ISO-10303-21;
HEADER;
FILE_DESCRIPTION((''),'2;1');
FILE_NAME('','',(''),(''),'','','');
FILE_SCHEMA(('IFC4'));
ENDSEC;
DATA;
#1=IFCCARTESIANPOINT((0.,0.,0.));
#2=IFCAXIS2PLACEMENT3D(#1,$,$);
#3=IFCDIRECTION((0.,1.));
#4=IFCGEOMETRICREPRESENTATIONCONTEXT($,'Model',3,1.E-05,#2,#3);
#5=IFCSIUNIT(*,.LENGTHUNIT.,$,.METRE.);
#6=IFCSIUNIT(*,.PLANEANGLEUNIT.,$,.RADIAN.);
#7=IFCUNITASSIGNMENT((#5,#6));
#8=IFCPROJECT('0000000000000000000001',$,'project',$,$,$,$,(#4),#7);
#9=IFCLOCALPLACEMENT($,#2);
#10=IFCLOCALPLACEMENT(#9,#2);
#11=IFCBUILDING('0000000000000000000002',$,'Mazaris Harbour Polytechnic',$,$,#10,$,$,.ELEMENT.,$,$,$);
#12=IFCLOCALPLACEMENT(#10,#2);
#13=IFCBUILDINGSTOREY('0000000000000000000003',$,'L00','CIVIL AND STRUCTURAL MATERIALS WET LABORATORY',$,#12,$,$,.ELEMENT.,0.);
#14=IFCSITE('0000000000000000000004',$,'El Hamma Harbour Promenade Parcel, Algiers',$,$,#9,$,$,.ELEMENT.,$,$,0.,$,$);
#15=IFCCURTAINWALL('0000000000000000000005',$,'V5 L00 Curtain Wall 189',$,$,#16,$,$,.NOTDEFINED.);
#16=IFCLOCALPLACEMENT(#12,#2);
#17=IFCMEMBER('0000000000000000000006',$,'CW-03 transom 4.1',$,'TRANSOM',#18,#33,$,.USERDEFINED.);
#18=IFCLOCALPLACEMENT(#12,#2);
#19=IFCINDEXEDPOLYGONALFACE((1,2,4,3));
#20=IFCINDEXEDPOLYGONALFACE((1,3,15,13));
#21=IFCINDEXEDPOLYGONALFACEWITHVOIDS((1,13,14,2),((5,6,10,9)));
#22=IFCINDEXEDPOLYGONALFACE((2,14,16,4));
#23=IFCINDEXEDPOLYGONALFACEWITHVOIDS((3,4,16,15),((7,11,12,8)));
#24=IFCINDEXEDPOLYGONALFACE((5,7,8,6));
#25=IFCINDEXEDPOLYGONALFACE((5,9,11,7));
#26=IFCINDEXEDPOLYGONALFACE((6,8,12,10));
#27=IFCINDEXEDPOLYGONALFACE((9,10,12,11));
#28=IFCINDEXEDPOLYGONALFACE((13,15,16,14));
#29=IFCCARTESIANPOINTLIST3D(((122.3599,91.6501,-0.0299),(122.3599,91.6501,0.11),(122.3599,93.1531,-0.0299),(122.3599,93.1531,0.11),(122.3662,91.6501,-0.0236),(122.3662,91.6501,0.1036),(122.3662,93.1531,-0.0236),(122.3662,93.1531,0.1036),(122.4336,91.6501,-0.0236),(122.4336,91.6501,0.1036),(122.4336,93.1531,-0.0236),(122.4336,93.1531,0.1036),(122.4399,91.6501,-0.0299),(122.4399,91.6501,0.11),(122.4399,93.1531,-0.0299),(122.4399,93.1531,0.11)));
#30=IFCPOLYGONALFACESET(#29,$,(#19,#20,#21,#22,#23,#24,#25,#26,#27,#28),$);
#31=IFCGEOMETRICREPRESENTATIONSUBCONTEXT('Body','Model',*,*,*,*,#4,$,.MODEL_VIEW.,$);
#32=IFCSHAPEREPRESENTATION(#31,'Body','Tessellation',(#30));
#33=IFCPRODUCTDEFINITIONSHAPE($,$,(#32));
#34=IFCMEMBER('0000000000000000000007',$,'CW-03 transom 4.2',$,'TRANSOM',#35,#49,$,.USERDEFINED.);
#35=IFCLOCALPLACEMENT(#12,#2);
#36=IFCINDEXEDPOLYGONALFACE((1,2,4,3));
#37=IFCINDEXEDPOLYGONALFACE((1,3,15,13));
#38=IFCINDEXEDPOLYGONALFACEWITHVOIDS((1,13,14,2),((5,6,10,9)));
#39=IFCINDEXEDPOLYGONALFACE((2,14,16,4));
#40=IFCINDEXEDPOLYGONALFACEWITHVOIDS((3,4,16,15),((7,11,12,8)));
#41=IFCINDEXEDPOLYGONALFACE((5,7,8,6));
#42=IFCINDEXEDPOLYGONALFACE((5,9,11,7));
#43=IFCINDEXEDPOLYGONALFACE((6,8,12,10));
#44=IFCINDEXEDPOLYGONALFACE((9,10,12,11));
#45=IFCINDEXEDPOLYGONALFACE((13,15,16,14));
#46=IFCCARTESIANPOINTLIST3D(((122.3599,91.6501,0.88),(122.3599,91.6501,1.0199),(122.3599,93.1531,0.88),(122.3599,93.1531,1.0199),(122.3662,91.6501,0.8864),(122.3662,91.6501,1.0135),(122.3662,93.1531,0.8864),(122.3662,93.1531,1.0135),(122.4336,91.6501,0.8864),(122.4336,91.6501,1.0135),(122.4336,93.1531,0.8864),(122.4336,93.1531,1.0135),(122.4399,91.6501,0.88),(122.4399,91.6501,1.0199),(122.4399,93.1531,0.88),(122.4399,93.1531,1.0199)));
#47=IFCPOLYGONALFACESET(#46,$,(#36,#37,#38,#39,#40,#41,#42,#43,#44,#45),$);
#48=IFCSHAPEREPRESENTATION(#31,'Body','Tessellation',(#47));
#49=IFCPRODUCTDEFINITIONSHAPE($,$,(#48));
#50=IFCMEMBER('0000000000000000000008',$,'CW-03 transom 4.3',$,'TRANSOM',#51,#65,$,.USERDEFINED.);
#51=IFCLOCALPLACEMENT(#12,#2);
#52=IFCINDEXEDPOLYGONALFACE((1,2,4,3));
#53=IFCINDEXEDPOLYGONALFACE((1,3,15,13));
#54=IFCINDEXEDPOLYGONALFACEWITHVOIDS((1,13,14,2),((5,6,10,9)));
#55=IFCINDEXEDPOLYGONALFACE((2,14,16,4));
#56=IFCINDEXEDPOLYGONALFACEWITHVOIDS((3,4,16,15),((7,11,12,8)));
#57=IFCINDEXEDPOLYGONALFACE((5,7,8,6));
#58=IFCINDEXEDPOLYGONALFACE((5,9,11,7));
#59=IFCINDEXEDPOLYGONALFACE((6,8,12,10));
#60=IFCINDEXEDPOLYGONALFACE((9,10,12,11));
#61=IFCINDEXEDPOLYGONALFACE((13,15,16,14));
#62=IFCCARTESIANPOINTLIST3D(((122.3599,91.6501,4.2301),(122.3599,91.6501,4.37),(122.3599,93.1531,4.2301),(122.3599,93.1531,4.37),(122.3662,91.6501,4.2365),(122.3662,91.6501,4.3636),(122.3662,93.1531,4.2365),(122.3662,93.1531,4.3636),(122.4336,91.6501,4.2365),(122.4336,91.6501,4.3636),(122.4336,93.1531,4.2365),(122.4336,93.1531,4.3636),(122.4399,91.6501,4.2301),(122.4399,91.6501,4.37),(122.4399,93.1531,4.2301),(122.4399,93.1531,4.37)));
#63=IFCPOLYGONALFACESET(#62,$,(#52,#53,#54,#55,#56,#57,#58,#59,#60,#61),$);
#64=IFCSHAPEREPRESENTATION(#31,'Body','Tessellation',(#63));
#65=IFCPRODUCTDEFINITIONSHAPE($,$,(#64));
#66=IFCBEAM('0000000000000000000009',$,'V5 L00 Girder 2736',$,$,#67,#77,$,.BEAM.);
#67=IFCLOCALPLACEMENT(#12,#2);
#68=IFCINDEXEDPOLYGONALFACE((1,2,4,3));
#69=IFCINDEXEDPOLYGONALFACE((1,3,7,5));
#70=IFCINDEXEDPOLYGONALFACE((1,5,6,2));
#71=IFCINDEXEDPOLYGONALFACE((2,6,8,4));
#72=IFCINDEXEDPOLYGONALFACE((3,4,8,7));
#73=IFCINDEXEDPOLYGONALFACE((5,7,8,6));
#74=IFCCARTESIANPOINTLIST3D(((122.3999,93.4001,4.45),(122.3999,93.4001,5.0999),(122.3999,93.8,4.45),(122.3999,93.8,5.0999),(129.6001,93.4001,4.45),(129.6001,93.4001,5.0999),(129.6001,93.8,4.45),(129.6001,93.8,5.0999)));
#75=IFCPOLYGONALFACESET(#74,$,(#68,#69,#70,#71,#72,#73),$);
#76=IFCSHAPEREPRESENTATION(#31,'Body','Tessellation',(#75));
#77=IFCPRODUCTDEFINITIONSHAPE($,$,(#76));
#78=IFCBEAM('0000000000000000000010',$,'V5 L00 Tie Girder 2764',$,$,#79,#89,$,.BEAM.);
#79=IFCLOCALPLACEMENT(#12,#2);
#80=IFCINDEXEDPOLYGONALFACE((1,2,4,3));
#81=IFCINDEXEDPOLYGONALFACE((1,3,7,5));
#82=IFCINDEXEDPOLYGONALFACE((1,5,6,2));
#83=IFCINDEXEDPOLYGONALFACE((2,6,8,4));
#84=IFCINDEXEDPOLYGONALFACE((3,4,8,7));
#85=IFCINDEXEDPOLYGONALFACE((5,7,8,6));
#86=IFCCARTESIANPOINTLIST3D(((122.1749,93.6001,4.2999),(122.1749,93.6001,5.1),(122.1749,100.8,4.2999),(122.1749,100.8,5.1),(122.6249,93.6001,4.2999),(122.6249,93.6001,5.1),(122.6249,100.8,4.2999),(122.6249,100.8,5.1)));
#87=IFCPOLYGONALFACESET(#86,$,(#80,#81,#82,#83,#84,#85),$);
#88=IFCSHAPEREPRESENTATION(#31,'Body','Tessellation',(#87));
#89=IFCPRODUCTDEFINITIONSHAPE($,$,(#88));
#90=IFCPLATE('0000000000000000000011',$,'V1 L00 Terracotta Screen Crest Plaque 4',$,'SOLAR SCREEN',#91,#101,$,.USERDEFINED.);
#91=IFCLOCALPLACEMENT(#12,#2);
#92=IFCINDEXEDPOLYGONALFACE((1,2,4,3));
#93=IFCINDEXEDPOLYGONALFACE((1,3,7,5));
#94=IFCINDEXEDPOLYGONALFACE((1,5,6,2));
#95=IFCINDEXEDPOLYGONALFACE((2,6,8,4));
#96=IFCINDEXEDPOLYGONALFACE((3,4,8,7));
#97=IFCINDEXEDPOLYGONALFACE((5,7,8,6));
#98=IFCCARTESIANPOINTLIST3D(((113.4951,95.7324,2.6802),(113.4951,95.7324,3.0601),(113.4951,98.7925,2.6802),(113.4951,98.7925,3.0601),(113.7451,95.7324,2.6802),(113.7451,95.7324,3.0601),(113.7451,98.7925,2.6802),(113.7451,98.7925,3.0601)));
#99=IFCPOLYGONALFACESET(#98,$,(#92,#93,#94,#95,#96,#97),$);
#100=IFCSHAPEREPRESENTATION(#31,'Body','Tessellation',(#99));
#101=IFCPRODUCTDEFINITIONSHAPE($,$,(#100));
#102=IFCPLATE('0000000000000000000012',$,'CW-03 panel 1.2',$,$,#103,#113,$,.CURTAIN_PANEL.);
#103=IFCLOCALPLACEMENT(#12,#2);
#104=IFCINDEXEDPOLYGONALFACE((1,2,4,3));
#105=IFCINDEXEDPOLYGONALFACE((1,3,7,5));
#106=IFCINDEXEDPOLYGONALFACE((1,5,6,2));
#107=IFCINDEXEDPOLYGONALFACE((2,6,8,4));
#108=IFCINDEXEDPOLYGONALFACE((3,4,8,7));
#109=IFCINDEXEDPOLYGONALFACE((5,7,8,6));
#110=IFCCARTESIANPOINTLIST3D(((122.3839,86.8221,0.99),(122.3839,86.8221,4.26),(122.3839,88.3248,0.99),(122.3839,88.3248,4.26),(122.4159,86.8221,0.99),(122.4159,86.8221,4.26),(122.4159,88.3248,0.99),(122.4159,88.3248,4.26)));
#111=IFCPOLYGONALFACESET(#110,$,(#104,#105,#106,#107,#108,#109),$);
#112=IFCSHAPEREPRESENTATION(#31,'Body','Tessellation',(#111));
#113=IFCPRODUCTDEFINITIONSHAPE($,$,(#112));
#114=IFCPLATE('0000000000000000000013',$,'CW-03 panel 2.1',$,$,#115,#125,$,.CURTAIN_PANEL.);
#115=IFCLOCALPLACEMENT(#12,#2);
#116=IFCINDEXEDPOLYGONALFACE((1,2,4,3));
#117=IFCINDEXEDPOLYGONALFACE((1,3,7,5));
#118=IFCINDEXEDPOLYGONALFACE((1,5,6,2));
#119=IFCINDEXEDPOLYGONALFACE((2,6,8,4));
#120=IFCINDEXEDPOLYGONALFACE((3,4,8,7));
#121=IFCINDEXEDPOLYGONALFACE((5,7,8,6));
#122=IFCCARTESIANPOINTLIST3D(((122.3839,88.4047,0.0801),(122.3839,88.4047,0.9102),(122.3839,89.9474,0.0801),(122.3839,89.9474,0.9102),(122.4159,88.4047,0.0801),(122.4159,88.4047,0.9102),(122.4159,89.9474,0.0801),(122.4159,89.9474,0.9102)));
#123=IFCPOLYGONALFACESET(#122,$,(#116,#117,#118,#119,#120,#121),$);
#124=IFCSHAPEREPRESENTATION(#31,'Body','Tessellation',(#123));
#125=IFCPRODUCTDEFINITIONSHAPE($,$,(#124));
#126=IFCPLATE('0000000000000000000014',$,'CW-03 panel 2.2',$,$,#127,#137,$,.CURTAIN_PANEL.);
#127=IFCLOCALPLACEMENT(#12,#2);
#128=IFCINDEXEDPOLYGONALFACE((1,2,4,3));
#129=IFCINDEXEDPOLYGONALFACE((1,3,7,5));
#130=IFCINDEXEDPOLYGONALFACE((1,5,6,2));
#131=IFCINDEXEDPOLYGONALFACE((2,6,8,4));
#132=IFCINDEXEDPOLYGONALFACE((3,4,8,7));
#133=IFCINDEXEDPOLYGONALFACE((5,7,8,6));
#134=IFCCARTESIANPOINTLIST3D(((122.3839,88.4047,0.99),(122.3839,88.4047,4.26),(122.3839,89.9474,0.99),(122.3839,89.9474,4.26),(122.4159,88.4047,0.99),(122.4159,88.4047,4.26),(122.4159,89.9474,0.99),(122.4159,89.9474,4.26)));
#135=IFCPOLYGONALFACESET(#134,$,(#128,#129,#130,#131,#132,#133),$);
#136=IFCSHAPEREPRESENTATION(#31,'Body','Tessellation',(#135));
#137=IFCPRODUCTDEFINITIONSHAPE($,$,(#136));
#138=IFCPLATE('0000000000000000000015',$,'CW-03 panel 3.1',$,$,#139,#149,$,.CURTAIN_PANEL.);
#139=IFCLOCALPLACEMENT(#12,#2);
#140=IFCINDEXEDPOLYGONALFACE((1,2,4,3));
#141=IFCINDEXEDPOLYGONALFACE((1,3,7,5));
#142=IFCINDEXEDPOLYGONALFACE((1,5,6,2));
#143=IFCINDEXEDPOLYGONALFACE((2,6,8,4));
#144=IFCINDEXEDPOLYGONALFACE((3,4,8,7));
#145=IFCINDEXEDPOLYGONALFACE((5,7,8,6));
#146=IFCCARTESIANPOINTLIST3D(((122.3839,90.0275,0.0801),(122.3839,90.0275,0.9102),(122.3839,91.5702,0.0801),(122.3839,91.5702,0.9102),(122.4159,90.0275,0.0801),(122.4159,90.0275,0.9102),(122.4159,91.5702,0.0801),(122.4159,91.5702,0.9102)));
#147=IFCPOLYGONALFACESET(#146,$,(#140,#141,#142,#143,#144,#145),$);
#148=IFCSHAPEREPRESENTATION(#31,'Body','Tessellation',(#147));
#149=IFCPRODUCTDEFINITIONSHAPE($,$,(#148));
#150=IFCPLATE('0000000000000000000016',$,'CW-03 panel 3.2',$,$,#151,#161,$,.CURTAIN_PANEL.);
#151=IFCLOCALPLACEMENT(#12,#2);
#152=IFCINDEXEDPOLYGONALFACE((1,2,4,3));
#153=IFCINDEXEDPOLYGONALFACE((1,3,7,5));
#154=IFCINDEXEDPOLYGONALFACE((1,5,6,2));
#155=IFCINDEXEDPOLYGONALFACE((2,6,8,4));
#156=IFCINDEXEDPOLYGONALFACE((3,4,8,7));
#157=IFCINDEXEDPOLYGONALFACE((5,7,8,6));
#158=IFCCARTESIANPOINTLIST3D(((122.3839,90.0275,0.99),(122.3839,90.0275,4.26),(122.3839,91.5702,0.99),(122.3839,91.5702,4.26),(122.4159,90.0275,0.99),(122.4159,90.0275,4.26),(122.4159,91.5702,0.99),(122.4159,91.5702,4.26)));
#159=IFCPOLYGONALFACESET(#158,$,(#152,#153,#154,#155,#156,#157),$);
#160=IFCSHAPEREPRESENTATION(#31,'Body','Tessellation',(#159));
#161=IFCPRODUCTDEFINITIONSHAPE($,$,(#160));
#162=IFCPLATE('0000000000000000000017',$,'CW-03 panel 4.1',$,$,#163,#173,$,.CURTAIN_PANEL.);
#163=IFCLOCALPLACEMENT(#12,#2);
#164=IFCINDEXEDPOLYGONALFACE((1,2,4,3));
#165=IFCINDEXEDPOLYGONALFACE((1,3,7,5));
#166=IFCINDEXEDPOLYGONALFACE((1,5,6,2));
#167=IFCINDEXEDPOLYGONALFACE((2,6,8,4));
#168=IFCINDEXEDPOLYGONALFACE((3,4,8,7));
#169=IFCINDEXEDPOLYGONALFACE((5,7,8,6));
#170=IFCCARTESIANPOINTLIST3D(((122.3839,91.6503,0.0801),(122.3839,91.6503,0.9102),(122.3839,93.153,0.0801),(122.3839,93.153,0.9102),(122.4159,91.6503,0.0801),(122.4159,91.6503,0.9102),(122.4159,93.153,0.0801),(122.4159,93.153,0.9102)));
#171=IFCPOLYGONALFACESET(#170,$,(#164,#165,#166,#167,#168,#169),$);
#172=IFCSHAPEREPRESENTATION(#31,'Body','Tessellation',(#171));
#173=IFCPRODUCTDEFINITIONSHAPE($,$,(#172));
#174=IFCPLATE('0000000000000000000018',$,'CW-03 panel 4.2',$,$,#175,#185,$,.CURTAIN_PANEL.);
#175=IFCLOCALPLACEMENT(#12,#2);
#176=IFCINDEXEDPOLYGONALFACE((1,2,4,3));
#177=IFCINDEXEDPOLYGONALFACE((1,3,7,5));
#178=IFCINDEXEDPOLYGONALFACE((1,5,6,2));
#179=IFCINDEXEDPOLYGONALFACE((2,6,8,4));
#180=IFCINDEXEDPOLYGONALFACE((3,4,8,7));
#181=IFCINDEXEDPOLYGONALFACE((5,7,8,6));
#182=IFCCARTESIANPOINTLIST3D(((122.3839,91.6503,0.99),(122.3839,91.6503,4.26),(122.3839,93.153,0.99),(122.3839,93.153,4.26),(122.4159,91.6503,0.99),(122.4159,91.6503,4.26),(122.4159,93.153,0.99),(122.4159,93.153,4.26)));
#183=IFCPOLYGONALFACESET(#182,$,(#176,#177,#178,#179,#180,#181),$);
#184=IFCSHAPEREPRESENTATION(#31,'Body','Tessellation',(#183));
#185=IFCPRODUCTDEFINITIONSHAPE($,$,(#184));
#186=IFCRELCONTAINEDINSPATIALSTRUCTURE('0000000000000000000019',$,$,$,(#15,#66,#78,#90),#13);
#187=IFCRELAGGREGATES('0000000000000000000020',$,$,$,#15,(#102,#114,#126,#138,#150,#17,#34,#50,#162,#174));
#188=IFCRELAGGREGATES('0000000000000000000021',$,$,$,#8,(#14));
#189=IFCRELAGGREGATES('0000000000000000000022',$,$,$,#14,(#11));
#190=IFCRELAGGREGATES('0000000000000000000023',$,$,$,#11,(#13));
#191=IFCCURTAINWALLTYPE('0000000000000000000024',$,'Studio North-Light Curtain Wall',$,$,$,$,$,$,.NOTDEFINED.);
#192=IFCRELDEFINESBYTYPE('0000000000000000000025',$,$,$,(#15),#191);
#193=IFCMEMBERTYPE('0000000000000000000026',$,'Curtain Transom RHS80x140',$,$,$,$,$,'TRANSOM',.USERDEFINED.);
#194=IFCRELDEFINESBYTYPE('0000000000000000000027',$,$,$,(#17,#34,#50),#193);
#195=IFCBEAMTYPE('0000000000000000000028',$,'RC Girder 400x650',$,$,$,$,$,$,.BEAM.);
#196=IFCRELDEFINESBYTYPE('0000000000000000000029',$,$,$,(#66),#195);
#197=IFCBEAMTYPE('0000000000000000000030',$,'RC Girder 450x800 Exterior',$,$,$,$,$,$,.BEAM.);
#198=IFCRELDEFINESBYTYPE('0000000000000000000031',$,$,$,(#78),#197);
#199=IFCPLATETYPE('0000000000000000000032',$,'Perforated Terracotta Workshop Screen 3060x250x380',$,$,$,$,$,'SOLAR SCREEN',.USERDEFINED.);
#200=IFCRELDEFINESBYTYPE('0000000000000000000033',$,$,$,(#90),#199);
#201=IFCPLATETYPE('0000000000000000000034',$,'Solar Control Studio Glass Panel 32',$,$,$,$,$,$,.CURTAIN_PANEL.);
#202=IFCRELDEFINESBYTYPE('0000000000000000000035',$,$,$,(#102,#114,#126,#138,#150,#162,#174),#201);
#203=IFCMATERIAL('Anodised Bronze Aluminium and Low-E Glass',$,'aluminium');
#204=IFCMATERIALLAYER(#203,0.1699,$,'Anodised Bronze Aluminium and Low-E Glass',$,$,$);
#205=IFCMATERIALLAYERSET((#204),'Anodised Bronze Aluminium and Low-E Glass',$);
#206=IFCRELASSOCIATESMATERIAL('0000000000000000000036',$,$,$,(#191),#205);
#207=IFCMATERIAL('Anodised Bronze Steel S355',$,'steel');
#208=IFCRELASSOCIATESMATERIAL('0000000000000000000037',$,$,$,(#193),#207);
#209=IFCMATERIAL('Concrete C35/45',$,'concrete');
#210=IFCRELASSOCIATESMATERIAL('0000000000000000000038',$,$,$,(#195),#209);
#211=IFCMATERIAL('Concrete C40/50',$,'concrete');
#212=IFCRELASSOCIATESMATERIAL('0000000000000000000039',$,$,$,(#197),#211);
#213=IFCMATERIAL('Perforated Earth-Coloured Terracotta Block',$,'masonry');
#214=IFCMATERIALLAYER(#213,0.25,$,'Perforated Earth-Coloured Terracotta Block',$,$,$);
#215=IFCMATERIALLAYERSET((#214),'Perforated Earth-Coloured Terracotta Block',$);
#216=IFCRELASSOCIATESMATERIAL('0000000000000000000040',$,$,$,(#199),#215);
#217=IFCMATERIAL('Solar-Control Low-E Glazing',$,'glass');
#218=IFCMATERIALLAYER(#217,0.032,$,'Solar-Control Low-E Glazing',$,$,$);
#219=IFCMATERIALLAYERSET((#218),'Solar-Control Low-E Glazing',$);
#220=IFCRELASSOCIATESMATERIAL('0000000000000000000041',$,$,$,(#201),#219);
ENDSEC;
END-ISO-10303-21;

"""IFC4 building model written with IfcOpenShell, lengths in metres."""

from ifc_helpers import new_model, si_unit, direction, frame, origin, origin_2d, place, context, subcontext, project, spatial, rectangle, hollow_rectangle, extrude, material, layer, layer_set, material_profile, profile_set, type_object, element, aggregate, save


model = new_model("IFC4")

# Units and contexts
model_context = context("Model", 3, precision=1e-05, world=origin(), true_north=direction((0.0, 1.0)))
body_context = subcontext(model_context, "Body", "Model", "MODEL_VIEW")
ifc_project = project(units=[si_unit("LENGTHUNIT", "METRE"), si_unit("PLANEANGLEUNIT", "RADIAN")], contexts=[model_context])

# Site, building, storey
site_placement = place(None, origin())
site = spatial("IfcSite", under=ifc_project, at=site_placement, Name="El Hamma Harbour Promenade Parcel, Algiers", CompositionType="ELEMENT", RefElevation=0.0)
building_placement = place(site_placement, origin())
building = spatial("IfcBuilding", under=site, at=building_placement, Name="Mazaris Harbour Polytechnic", CompositionType="ELEMENT")
storey_placement = place(building_placement, origin())
storey = spatial("IfcBuildingStorey", under=building, at=storey_placement, Name="L00", Description="CIVIL AND STRUCTURAL MATERIALS WET LABORATORY", CompositionType="ELEMENT", Elevation=0.0)

# Curtain wall, members
ifc_material_1 = material(Name="Anodised Bronze Aluminium and Low-E Glass", Category="aluminium")
ifc_layer_1 = layer(ifc_material_1, 0.1699, Name="Anodised Bronze Aluminium and Low-E Glass")
ifc_layer_set_1 = layer_set([ifc_layer_1], Name="Anodised Bronze Aluminium and Low-E Glass")
curtain_wall_type = type_object("IfcCurtainWallType", Name="Studio North-Light Curtain Wall", PredefinedType="NOTDEFINED", material=ifc_layer_set_1)
curtain_wall_placement = place(storey_placement, origin())
curtain_wall = element("IfcCurtainWall", 1, at=curtain_wall_placement, inside=storey, type_object=curtain_wall_type, Name="V5 L00 Curtain Wall 189", PredefinedType="NOTDEFINED")
ifc_material_2 = material(Name="Anodised Bronze Steel S355", Category="steel")
ifc_material_profile_1 = material_profile(ifc_material_2, hollow_rectangle(XDim=0.0801, YDim=0.1399, WallThickness=0.0063, at=origin_2d()), Name="RHS 80x140x6.3")
ifc_profile_set_1 = profile_set([ifc_material_profile_1], Name="Anodised Bronze Steel S355")
member_type_1 = type_object("IfcMemberType", Name="Curtain Transom RHS80x140", ElementType="TRANSOM", PredefinedType="USERDEFINED", material=ifc_profile_set_1)
member_1_placement = place(storey_placement, frame((122.3999, 91.6501, 0.04), z_axis=(0.0, 1.0, 0.0), x_axis=(-1.0, 0.0, 0.0)))
member_1 = element("IfcMember", 2, at=member_1_placement, type_object=member_type_1, Name="CW-03 transom 4.1", ObjectType="TRANSOM", PredefinedType="USERDEFINED", context=body_context, shape_type="SweptSolid", body=[
    extrude(hollow_rectangle(XDim=0.0801, YDim=0.1399, WallThickness=0.0063, at=origin_2d()), origin(), (0.0, 0.0, 1.0), 1.5029),
])
member_2_placement = place(storey_placement, frame((122.3999, 91.6501, 0.95), z_axis=(0.0, 1.0, 0.0), x_axis=(-1.0, 0.0, 0.0)))
member_2 = element("IfcMember", 3, at=member_2_placement, type_object=member_type_1, Name="CW-03 transom 4.2", ObjectType="TRANSOM", PredefinedType="USERDEFINED", context=body_context, shape_type="SweptSolid", body=[
    extrude(hollow_rectangle(XDim=0.0801, YDim=0.1399, WallThickness=0.0063, at=origin_2d()), origin(), (0.0, 0.0, 1.0), 1.5029),
])
member_3_placement = place(storey_placement, frame((122.3999, 91.6501, 4.3), z_axis=(0.0, 1.0, 0.0), x_axis=(-1.0, 0.0, 0.0)))
member_3 = element("IfcMember", 4, at=member_3_placement, type_object=member_type_1, Name="CW-03 transom 4.3", ObjectType="TRANSOM", PredefinedType="USERDEFINED", context=body_context, shape_type="SweptSolid", body=[
    extrude(hollow_rectangle(XDim=0.0801, YDim=0.1399, WallThickness=0.0063, at=origin_2d()), origin(), (0.0, 0.0, 1.0), 1.5029),
])

# Beams
ifc_material_3 = material(Name="Concrete C35/45", Category="concrete")
ifc_material_profile_2 = material_profile(ifc_material_3, rectangle(XDim=0.3999, YDim=0.6499, at=origin_2d()), Name="RECT400x650")
ifc_profile_set_2 = profile_set([ifc_material_profile_2], Name="Concrete C35/45")
beam_type_1 = type_object("IfcBeamType", Name="RC Girder 400x650", PredefinedType="BEAM", material=ifc_profile_set_2)
beam_1_placement = place(storey_placement, frame((122.3999, 93.6001, 4.7749), z_axis=(1.0, 0.0, 0.0), x_axis=(0.0, 1.0, 0.0)))
element("IfcBeam", 5, at=beam_1_placement, inside=storey, type_object=beam_type_1, Name="V5 L00 Girder 2736", PredefinedType="BEAM", context=body_context, shape_type="SweptSolid", body=[
    extrude(rectangle(XDim=0.3999, YDim=0.6499, at=origin_2d()), origin(), (0.0, 0.0, 1.0), 7.2002),
])
ifc_material_4 = material(Name="Concrete C40/50", Category="concrete")
ifc_material_profile_3 = material_profile(ifc_material_4, rectangle(XDim=0.45, YDim=0.8, at=origin_2d()), Name="RECT450x800")
ifc_profile_set_3 = profile_set([ifc_material_profile_3], Name="Concrete C40/50")
beam_type_2 = type_object("IfcBeamType", Name="RC Girder 450x800 Exterior", PredefinedType="BEAM", material=ifc_profile_set_3)
beam_2_placement = place(storey_placement, frame((122.3999, 93.6001, 4.7), z_axis=(0.0, 1.0, 0.0), x_axis=(-1.0, 0.0, 0.0)))
element("IfcBeam", 6, at=beam_2_placement, inside=storey, type_object=beam_type_2, Name="V5 L00 Tie Girder 2764", PredefinedType="BEAM", context=body_context, shape_type="SweptSolid", body=[
    extrude(rectangle(XDim=0.45, YDim=0.8, at=origin_2d()), origin(), (0.0, 0.0, 1.0), 7.2),
])

# Plates
ifc_material_5 = material(Name="Perforated Earth-Coloured Terracotta Block", Category="masonry")
ifc_layer_2 = layer(ifc_material_5, 0.25, Name="Perforated Earth-Coloured Terracotta Block")
ifc_layer_set_2 = layer_set([ifc_layer_2], Name="Perforated Earth-Coloured Terracotta Block")
plate_type_1 = type_object("IfcPlateType", Name="Perforated Terracotta Workshop Screen 3060x250x380", ElementType="SOLAR SCREEN", PredefinedType="USERDEFINED", material=ifc_layer_set_2)
plate_1_placement = place(storey_placement, frame((113.6201, 97.2625, 2.6802), z_axis=(0.0, 0.0, 1.0), x_axis=(0.0, -1.0, 0.0)))
element("IfcPlate", 7, at=plate_1_placement, inside=storey, type_object=plate_type_1, Name="V1 L00 Terracotta Screen Crest Plaque 4", ObjectType="SOLAR SCREEN", PredefinedType="USERDEFINED", context=body_context, shape_type="SweptSolid", body=[
    extrude(rectangle(XDim=3.0601, YDim=0.25, at=origin_2d()), origin(), (0.0, 0.0, 1.0), 0.3799),
])
ifc_material_6 = material(Name="Solar-Control Low-E Glazing", Category="glass")
ifc_layer_3 = layer(ifc_material_6, 0.032, Name="Solar-Control Low-E Glazing")
ifc_layer_set_3 = layer_set([ifc_layer_3], Name="Solar-Control Low-E Glazing")
plate_type_2 = type_object("IfcPlateType", Name="Solar Control Studio Glass Panel 32", PredefinedType="CURTAIN_PANEL", material=ifc_layer_set_3)
plate_2_placement = place(storey_placement, frame((122.3999, 87.5735, 0.99), z_axis=(0.0, 0.0, 1.0), x_axis=(0.0, 1.0, 0.0)))
plate_2 = element("IfcPlate", 8, at=plate_2_placement, type_object=plate_type_2, Name="CW-03 panel 1.2", PredefinedType="CURTAIN_PANEL", context=body_context, shape_type="SweptSolid", body=[
    extrude(rectangle(XDim=1.5027, YDim=0.032, at=origin_2d()), origin(), (0.0, 0.0, 1.0), 3.27),
])
plate_3_placement = place(storey_placement, frame((122.3999, 89.176, 0.0801), z_axis=(0.0, 0.0, 1.0), x_axis=(0.0, 1.0, 0.0)))
plate_3 = element("IfcPlate", 9, at=plate_3_placement, type_object=plate_type_2, Name="CW-03 panel 2.1", PredefinedType="CURTAIN_PANEL", context=body_context, shape_type="SweptSolid", body=[
    extrude(rectangle(XDim=1.5427, YDim=0.032, at=origin_2d()), origin(), (0.0, 0.0, 1.0), 0.8301),
])
plate_4_placement = place(storey_placement, frame((122.3999, 89.176, 0.99), z_axis=(0.0, 0.0, 1.0), x_axis=(0.0, 1.0, 0.0)))
plate_4 = element("IfcPlate", 10, at=plate_4_placement, type_object=plate_type_2, Name="CW-03 panel 2.2", PredefinedType="CURTAIN_PANEL", context=body_context, shape_type="SweptSolid", body=[
    extrude(rectangle(XDim=1.5427, YDim=0.032, at=origin_2d()), origin(), (0.0, 0.0, 1.0), 3.27),
])
plate_5_placement = place(storey_placement, frame((122.3999, 90.7988, 0.0801), z_axis=(0.0, 0.0, 1.0), x_axis=(0.0, 1.0, 0.0)))
plate_5 = element("IfcPlate", 11, at=plate_5_placement, type_object=plate_type_2, Name="CW-03 panel 3.1", PredefinedType="CURTAIN_PANEL", context=body_context, shape_type="SweptSolid", body=[
    extrude(rectangle(XDim=1.5427, YDim=0.032, at=origin_2d()), origin(), (0.0, 0.0, 1.0), 0.8301),
])
plate_6_placement = place(storey_placement, frame((122.3999, 90.7988, 0.99), z_axis=(0.0, 0.0, 1.0), x_axis=(0.0, 1.0, 0.0)))
plate_6 = element("IfcPlate", 12, at=plate_6_placement, type_object=plate_type_2, Name="CW-03 panel 3.2", PredefinedType="CURTAIN_PANEL", context=body_context, shape_type="SweptSolid", body=[
    extrude(rectangle(XDim=1.5427, YDim=0.032, at=origin_2d()), origin(), (0.0, 0.0, 1.0), 3.27),
])
plate_7_placement = place(storey_placement, frame((122.3999, 92.4016, 0.0801), z_axis=(0.0, 0.0, 1.0), x_axis=(0.0, 1.0, 0.0)))
plate_7 = element("IfcPlate", 13, at=plate_7_placement, type_object=plate_type_2, Name="CW-03 panel 4.1", PredefinedType="CURTAIN_PANEL", context=body_context, shape_type="SweptSolid", body=[
    extrude(rectangle(XDim=1.5027, YDim=0.032, at=origin_2d()), origin(), (0.0, 0.0, 1.0), 0.8301),
])
plate_8_placement = place(storey_placement, frame((122.3999, 92.4016, 0.99), z_axis=(0.0, 0.0, 1.0), x_axis=(0.0, 1.0, 0.0)))
plate_8 = element("IfcPlate", 14, at=plate_8_placement, type_object=plate_type_2, Name="CW-03 panel 4.2", PredefinedType="CURTAIN_PANEL", context=body_context, shape_type="SweptSolid", body=[
    extrude(rectangle(XDim=1.5027, YDim=0.032, at=origin_2d()), origin(), (0.0, 0.0, 1.0), 3.27),
])
aggregate(curtain_wall, [plate_2, plate_3, plate_4, plate_5, plate_6, member_1, member_2, member_3, plate_7, plate_8])

save(model, "model.ifc")
